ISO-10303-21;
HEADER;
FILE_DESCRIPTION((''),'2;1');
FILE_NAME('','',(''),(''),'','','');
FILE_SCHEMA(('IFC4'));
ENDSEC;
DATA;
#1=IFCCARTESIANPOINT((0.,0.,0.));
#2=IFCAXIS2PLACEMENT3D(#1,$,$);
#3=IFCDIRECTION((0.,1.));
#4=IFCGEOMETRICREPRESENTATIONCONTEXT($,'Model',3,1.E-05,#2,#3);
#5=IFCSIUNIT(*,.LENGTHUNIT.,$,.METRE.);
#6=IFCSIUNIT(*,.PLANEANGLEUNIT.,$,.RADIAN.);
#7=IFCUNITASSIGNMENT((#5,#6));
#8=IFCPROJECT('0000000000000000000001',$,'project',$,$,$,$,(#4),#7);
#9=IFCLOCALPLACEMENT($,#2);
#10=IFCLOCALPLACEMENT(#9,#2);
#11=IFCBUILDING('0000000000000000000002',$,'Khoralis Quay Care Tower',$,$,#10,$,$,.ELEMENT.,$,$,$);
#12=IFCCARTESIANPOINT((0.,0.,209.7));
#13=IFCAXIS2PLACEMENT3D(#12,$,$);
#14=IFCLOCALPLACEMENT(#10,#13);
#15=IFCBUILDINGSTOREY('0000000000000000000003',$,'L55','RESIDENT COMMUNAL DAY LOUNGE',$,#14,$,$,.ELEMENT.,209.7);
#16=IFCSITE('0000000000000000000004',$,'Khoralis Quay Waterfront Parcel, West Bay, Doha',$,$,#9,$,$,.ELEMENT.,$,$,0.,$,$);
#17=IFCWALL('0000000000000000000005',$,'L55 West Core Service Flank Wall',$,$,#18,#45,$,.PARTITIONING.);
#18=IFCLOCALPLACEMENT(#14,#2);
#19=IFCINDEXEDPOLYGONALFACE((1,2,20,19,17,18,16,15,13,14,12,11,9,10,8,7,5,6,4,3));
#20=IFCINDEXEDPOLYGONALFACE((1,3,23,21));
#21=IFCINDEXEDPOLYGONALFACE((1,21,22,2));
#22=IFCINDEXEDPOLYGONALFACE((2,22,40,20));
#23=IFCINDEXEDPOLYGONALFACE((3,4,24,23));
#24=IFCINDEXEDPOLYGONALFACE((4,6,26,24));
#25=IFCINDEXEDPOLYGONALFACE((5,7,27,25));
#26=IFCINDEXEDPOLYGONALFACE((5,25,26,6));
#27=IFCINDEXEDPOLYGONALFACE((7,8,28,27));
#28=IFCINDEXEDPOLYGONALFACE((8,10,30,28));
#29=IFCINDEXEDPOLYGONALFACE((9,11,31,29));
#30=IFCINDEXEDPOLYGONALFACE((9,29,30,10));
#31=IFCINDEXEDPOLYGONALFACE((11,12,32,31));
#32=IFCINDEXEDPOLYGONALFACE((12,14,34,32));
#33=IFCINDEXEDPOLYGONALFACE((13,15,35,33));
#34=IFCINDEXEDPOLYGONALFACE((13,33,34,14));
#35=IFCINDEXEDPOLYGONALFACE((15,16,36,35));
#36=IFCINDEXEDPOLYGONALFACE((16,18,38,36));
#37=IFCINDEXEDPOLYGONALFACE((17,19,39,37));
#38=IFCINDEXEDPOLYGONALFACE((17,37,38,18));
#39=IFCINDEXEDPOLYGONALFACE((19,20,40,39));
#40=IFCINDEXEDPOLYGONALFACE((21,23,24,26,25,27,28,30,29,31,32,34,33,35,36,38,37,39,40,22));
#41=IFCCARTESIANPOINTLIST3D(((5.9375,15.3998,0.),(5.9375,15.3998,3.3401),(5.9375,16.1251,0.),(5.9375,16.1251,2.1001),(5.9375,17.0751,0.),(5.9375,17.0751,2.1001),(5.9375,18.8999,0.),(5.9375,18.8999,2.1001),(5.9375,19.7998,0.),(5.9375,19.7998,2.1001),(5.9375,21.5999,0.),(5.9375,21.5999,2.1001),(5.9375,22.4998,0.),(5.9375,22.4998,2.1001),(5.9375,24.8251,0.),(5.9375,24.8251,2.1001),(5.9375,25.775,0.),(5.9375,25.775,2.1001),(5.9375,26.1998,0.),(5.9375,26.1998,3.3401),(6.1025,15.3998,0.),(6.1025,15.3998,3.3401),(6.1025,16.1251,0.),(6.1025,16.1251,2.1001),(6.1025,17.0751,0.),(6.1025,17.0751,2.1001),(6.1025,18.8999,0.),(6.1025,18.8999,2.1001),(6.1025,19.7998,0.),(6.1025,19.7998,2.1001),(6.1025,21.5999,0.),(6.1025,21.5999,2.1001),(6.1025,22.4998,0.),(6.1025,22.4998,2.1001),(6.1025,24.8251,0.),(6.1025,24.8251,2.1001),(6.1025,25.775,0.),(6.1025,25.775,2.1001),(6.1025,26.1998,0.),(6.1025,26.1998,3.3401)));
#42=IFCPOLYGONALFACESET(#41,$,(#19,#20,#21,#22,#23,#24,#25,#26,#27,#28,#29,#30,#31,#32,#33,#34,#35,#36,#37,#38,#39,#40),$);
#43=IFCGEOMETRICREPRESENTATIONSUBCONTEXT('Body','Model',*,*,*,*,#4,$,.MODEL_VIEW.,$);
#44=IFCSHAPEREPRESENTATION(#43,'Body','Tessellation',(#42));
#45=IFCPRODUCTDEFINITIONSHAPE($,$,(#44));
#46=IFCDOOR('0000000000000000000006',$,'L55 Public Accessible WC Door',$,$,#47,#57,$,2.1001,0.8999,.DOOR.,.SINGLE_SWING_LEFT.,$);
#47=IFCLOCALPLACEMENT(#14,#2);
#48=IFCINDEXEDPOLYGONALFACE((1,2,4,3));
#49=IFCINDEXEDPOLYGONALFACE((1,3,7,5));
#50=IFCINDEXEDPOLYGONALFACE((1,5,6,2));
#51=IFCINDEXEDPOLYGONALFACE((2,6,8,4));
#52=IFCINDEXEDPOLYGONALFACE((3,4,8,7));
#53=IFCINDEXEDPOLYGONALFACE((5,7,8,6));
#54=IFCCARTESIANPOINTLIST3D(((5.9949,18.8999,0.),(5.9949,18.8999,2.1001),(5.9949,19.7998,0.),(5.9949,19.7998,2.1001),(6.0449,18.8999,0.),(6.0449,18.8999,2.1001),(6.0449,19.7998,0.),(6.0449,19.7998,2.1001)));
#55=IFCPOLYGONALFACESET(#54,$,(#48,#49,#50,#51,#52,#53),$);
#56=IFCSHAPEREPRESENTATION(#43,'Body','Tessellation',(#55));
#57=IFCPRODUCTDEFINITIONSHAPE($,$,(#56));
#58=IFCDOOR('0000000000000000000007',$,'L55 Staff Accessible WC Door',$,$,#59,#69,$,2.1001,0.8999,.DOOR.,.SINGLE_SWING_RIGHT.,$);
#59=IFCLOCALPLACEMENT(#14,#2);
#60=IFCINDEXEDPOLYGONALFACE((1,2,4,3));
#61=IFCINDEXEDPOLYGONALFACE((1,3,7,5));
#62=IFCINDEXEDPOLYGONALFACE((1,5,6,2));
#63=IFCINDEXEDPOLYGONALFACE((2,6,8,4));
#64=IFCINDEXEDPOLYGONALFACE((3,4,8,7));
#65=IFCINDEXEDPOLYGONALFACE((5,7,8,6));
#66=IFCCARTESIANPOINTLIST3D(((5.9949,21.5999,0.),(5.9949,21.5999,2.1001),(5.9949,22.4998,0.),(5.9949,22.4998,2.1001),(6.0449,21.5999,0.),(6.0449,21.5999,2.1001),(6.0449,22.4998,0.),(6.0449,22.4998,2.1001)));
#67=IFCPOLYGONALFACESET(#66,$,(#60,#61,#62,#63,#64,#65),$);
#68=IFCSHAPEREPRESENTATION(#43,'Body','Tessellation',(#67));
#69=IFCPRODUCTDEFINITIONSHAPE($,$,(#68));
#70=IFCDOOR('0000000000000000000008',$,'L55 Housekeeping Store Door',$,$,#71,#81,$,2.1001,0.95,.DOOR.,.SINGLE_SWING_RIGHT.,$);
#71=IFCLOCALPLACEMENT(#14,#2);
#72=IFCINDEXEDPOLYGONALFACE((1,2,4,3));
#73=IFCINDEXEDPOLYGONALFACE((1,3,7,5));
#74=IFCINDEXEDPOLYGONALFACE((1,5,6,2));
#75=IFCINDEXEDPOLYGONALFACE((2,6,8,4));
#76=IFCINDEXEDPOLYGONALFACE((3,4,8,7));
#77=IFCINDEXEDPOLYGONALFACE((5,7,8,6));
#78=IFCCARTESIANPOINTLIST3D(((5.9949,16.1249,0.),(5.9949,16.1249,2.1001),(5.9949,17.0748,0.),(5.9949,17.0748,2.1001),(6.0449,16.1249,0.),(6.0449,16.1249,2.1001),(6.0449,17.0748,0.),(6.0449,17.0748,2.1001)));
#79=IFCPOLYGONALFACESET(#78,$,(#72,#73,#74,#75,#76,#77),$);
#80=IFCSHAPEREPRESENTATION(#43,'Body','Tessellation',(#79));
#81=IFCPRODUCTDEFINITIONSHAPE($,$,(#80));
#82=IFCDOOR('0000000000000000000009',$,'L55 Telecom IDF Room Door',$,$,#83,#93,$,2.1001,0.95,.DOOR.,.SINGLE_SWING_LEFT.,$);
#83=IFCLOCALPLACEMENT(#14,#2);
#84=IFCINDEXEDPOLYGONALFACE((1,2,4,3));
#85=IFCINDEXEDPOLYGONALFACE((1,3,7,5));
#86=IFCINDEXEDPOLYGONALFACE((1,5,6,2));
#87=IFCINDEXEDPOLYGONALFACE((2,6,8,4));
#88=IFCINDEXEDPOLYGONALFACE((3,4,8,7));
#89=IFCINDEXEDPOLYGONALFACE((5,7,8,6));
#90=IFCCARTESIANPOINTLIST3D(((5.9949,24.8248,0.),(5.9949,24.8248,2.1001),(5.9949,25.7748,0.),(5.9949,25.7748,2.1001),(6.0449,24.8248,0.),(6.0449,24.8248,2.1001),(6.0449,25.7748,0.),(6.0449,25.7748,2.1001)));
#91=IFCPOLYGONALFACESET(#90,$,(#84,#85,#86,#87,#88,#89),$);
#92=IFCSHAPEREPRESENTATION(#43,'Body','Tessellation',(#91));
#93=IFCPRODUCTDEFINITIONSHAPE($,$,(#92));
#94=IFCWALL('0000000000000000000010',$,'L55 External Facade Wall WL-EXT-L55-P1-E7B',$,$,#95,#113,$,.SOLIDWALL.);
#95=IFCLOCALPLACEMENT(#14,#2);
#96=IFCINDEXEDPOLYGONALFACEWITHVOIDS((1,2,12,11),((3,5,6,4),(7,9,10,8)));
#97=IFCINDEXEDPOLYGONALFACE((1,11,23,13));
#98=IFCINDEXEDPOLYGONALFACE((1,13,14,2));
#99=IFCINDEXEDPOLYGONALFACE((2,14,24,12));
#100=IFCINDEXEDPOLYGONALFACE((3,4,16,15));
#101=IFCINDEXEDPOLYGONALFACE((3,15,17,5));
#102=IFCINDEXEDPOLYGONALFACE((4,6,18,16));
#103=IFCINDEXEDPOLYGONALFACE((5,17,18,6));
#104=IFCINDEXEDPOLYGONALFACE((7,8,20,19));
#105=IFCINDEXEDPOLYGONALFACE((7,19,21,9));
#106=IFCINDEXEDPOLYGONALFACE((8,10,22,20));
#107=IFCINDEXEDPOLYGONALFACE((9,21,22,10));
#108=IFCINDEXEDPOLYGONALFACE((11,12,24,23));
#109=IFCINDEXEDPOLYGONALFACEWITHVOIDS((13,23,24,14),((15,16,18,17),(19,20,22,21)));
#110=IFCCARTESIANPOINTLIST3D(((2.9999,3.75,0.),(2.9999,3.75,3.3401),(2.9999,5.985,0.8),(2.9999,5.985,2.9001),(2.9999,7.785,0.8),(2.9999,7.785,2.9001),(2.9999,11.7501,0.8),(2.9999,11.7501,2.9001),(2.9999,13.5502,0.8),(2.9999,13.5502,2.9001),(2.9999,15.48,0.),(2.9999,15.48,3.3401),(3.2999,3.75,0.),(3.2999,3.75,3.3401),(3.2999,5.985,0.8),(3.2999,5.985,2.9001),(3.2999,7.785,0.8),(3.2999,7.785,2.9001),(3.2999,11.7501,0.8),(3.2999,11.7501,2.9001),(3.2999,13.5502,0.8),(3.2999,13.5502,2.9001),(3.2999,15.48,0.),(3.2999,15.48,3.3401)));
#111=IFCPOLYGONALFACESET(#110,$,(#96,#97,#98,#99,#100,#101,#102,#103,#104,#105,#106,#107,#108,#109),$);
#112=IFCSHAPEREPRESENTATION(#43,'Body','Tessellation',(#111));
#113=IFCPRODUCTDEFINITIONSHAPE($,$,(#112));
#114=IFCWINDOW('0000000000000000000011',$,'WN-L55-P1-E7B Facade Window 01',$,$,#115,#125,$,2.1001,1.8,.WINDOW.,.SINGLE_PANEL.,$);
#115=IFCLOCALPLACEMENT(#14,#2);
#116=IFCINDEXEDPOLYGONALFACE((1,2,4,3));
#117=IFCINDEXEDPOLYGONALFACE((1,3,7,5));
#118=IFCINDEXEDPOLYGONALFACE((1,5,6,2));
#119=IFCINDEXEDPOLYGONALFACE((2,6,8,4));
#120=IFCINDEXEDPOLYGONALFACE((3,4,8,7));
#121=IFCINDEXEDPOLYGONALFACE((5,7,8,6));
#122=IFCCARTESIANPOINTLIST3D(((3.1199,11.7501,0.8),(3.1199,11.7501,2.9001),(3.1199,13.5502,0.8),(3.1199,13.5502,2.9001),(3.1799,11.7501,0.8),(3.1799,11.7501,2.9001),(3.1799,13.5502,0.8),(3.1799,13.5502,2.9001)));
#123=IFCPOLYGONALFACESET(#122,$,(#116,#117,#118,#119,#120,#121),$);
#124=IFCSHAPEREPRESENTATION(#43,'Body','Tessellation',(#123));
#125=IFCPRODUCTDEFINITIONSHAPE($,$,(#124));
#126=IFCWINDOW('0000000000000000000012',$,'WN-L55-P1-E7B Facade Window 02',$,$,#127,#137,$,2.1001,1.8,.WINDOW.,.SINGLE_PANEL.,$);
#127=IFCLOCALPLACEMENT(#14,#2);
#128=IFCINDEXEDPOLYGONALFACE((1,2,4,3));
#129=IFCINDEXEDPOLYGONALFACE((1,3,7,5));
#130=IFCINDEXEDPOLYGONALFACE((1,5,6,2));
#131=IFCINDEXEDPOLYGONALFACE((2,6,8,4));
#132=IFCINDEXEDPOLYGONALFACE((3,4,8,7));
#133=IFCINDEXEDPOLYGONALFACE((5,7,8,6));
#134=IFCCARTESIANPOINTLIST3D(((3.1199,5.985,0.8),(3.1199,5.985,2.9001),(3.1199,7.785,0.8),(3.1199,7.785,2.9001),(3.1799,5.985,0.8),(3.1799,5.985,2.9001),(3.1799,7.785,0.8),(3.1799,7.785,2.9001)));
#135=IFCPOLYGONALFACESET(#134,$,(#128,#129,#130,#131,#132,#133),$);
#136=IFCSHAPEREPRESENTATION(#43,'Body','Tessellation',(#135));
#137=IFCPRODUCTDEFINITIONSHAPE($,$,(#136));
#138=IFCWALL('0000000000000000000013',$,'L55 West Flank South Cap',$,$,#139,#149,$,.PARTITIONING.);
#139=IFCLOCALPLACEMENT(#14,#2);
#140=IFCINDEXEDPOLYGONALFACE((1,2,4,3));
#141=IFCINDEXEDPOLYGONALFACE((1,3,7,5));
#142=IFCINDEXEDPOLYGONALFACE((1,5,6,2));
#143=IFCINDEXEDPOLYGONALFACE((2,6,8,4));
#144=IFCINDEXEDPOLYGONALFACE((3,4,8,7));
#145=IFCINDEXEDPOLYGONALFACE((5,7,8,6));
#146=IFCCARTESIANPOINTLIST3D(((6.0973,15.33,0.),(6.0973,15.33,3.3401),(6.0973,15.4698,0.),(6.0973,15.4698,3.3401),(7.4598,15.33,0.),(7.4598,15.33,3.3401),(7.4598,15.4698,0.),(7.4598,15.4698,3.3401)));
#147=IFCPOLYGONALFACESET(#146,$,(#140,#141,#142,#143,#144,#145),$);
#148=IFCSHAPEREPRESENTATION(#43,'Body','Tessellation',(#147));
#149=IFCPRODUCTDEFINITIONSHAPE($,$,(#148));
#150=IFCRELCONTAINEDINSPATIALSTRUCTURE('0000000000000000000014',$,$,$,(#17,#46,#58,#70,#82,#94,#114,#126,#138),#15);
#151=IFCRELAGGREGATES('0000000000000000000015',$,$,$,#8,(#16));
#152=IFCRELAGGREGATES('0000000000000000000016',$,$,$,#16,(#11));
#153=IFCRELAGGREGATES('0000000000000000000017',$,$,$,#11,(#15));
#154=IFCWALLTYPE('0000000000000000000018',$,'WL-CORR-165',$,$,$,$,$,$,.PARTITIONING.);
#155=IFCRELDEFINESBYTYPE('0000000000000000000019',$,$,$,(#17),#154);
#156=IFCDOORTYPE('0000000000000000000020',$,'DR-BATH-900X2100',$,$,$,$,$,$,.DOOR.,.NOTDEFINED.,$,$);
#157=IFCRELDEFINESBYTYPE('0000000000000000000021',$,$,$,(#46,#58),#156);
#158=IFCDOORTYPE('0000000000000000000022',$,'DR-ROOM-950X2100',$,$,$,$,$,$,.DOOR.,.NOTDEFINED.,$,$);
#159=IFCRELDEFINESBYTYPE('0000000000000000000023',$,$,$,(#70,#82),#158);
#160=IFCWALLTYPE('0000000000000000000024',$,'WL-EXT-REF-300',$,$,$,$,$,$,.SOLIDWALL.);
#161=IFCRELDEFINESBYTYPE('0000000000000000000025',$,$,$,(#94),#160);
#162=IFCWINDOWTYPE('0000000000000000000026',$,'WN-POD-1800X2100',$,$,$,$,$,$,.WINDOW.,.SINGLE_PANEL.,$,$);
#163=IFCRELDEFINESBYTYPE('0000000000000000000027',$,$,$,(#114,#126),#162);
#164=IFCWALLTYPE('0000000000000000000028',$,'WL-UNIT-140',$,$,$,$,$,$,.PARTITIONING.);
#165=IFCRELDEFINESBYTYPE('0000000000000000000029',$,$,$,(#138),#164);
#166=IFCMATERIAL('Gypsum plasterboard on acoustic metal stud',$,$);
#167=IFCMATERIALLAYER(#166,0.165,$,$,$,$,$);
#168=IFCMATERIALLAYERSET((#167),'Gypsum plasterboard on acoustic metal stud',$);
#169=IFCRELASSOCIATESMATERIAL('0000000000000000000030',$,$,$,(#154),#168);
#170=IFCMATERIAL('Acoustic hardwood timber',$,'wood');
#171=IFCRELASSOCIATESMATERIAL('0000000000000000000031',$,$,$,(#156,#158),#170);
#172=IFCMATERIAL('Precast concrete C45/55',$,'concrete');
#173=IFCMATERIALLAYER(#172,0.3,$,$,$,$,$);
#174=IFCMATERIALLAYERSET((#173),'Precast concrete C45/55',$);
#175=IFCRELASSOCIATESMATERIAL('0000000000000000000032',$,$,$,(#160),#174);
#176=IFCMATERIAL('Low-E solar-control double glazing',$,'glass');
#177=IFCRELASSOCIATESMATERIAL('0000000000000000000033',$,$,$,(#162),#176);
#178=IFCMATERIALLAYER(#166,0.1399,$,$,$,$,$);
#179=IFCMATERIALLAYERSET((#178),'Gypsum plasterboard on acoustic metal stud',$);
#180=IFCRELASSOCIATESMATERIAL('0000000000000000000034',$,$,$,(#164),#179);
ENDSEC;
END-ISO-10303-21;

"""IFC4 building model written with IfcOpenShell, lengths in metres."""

from ifc_helpers import new_model, si_unit, direction, frame, frame_2d, origin, place, context, subcontext, project, spatial, rectangle, extrude, source, transform, mapped, material, layer, layer_set, type_object, element, fill, save


model = new_model("IFC4")

# Units and contexts
model_context = context("Model", 3, precision=1e-05, world=origin(), true_north=direction((0.0, 1.0)))
body_context = subcontext(model_context, "Body", "Model", "MODEL_VIEW")
ifc_project = project(units=[si_unit("LENGTHUNIT", "METRE"), si_unit("PLANEANGLEUNIT", "RADIAN")], contexts=[model_context])

# Site, building, storey
site_placement = place(None, origin())
site = spatial("IfcSite", under=ifc_project, at=site_placement, Name="Khoralis Quay Waterfront Parcel, West Bay, Doha", CompositionType="ELEMENT", RefElevation=0.0)
building_placement = place(site_placement, origin())
building = spatial("IfcBuilding", under=site, at=building_placement, Name="Khoralis Quay Care Tower", CompositionType="ELEMENT")
storey_placement = place(building_placement, frame((0.0, 0.0, 209.7)))
storey = spatial("IfcBuildingStorey", under=building, at=storey_placement, Name="L55", Description="RESIDENT COMMUNAL DAY LOUNGE", CompositionType="ELEMENT", Elevation=209.7)

# Shared definitions
ifc_material_1 = material(Name="Low-E solar-control double glazing", Category="glass")

# Wall, openings, doors
ifc_material_2 = material(Name="Gypsum plasterboard on acoustic metal stud")
ifc_layer_1 = layer(ifc_material_2, 0.165)
ifc_layer_set_1 = layer_set([ifc_layer_1], Name="Gypsum plasterboard on acoustic metal stud")
wall_type_1 = type_object("IfcWallType", Name="WL-CORR-165", PredefinedType="PARTITIONING", material=ifc_layer_set_1)
wall_1_placement = place(storey_placement, frame((6.02, 15.3999, 0.0), z_axis=(0.0, 0.0, 1.0), x_axis=(0.0, 1.0, 0.0)))
wall_1 = element("IfcWall", 1, at=wall_1_placement, inside=storey, type_object=wall_type_1, Name="L55 West Core Service Flank Wall", PredefinedType="PARTITIONING", context=body_context, shape_type="SweptSolid", body=[
    extrude(rectangle(XDim=10.8, YDim=0.165, at=frame_2d((5.3999, 0.0))), origin(), (0.0, 0.0, 1.0), 3.3401),
])
opening_1_placement = place(wall_1_placement, frame((0.7251, 0.0, 0.0)))
opening_1 = element("IfcOpeningElement", 2, at=opening_1_placement, cuts=wall_1, PredefinedType="OPENING", context=body_context, shape_type="SweptSolid", body=[
    extrude(rectangle(XDim=0.95, YDim=2.1001, at=frame_2d((0.4751, 1.05))), frame((0.0, 0.0925, 0.0), z_axis=(0.0, -1.0, 0.0), x_axis=(1.0, 0.0, 0.0)), (0.0, 0.0, 1.0), 0.1851),
])
opening_2_placement = place(wall_1_placement, frame((3.5, 0.0, 0.0)))
opening_2 = element("IfcOpeningElement", 3, at=opening_2_placement, cuts=wall_1, PredefinedType="OPENING", context=body_context, shape_type="SweptSolid", body=[
    extrude(rectangle(XDim=0.8999, YDim=2.1001, at=frame_2d((0.45, 1.05))), frame((0.0, 0.0925, 0.0), z_axis=(0.0, -1.0, 0.0), x_axis=(1.0, 0.0, 0.0)), (0.0, 0.0, 1.0), 0.1851),
])
opening_3_placement = place(wall_1_placement, frame((6.2, 0.0, 0.0)))
opening_3 = element("IfcOpeningElement", 4, at=opening_3_placement, cuts=wall_1, PredefinedType="OPENING", context=body_context, shape_type="SweptSolid", body=[
    extrude(rectangle(XDim=0.8999, YDim=2.1001, at=frame_2d((0.45, 1.05))), frame((0.0, 0.0925, 0.0), z_axis=(0.0, -1.0, 0.0), x_axis=(1.0, 0.0, 0.0)), (0.0, 0.0, 1.0), 0.1851),
])
opening_4_placement = place(wall_1_placement, frame((9.425, 0.0, 0.0)))
opening_4 = element("IfcOpeningElement", 5, at=opening_4_placement, cuts=wall_1, PredefinedType="OPENING", context=body_context, shape_type="SweptSolid", body=[
    extrude(rectangle(XDim=0.95, YDim=2.1001, at=frame_2d((0.4751, 1.05))), frame((0.0, 0.0925, 0.0), z_axis=(0.0, -1.0, 0.0), x_axis=(1.0, 0.0, 0.0)), (0.0, 0.0, 1.0), 0.1851),
])
ifc_material_3 = material(Name="Acoustic hardwood timber", Category="wood")
door_type_1 = type_object("IfcDoorType", Name="DR-BATH-900X2100", OperationType="NOTDEFINED", PredefinedType="DOOR", material=ifc_material_3)
shared_shape_1 = source(origin(), body_context, "Body", "SweptSolid", [
    extrude(rectangle(XDim=0.8999, YDim=2.1001, at=frame_2d((0.45, 1.05))), frame((0.0, 0.0249, 0.0), z_axis=(0.0, -1.0, 0.0), x_axis=(1.0, 0.0, 0.0)), (0.0, 0.0, 1.0), 0.05),
])
door_1_placement = place(opening_2_placement, frame((0.8999, 0.0, 0.0), z_axis=(0.0, 0.0, 1.0), x_axis=(-1.0, 0.0, 0.0)))
door_1 = element("IfcDoor", 6, at=door_1_placement, inside=storey, type_object=door_type_1, Name="L55 Public Accessible WC Door", OperationType="SINGLE_SWING_LEFT", OverallHeight=2.1001, OverallWidth=0.8999, PredefinedType="DOOR", context=body_context, shape_type="MappedRepresentation", body=[
    mapped(shared_shape_1, transform((0.0, 0.0, 0.0), scale=1.0)),
])
fill(opening_2, door_1)
door_2_placement = place(opening_3_placement, frame((0.8999, 0.0, 0.0), z_axis=(0.0, 0.0, 1.0), x_axis=(-1.0, 0.0, 0.0)))
door_2 = element("IfcDoor", 7, at=door_2_placement, inside=storey, type_object=door_type_1, Name="L55 Staff Accessible WC Door", OperationType="SINGLE_SWING_RIGHT", OverallHeight=2.1001, OverallWidth=0.8999, PredefinedType="DOOR", context=body_context, shape_type="MappedRepresentation", body=[
    mapped(shared_shape_1, transform((0.0, 0.0, 0.0), scale=1.0)),
])
fill(opening_3, door_2)
door_type_2 = type_object("IfcDoorType", Name="DR-ROOM-950X2100", OperationType="NOTDEFINED", PredefinedType="DOOR", material=ifc_material_3)
shared_shape_2 = source(origin(), body_context, "Body", "SweptSolid", [
    extrude(rectangle(XDim=0.95, YDim=2.1001, at=frame_2d((0.4751, 1.05))), frame((0.0, 0.0249, 0.0), z_axis=(0.0, -1.0, 0.0), x_axis=(1.0, 0.0, 0.0)), (0.0, 0.0, 1.0), 0.05),
])
door_3_placement = place(opening_1_placement, frame((0.95, 0.0, 0.0), z_axis=(0.0, 0.0, 1.0), x_axis=(-1.0, 0.0, 0.0)))
door_3 = element("IfcDoor", 8, at=door_3_placement, inside=storey, type_object=door_type_2, Name="L55 Housekeeping Store Door", OperationType="SINGLE_SWING_RIGHT", OverallHeight=2.1001, OverallWidth=0.95, PredefinedType="DOOR", context=body_context, shape_type="MappedRepresentation", body=[
    mapped(shared_shape_2, transform((0.0, 0.0, 0.0), scale=1.0)),
])
fill(opening_1, door_3)
door_4_placement = place(opening_4_placement, frame((0.95, 0.0, 0.0), z_axis=(0.0, 0.0, 1.0), x_axis=(-1.0, 0.0, 0.0)))
door_4 = element("IfcDoor", 9, at=door_4_placement, inside=storey, type_object=door_type_2, Name="L55 Telecom IDF Room Door", OperationType="SINGLE_SWING_LEFT", OverallHeight=2.1001, OverallWidth=0.95, PredefinedType="DOOR", context=body_context, shape_type="MappedRepresentation", body=[
    mapped(shared_shape_2, transform((0.0, 0.0, 0.0), scale=1.0)),
])
fill(opening_4, door_4)

# Wall, openings, windows
ifc_material_4 = material(Name="Precast concrete C45/55", Category="concrete")
ifc_layer_2 = layer(ifc_material_4, 0.3)
ifc_layer_set_2 = layer_set([ifc_layer_2], Name="Precast concrete C45/55")
wall_type_2 = type_object("IfcWallType", Name="WL-EXT-REF-300", PredefinedType="SOLIDWALL", material=ifc_layer_set_2)
wall_2_placement = place(storey_placement, frame((3.1499, 15.48, 0.0), z_axis=(0.0, 0.0, 1.0), x_axis=(0.0, -1.0, 0.0)))
wall_2 = element("IfcWall", 10, at=wall_2_placement, inside=storey, type_object=wall_type_2, Name="L55 External Facade Wall WL-EXT-L55-P1-E7B", PredefinedType="SOLIDWALL", context=body_context, shape_type="SweptSolid", body=[
    extrude(rectangle(XDim=11.73, YDim=0.3, at=frame_2d((5.865, 0.0))), origin(), (0.0, 0.0, 1.0), 3.3401),
])
opening_5_placement = place(wall_2_placement, frame((1.9299, 0.0, 0.8)))
opening_5 = element("IfcOpeningElement", 11, at=opening_5_placement, cuts=wall_2, PredefinedType="OPENING", context=body_context, shape_type="SweptSolid", body=[
    extrude(rectangle(XDim=1.8, YDim=2.1001, at=frame_2d((0.8999, 1.05))), frame((0.0, 0.1602, 0.0), z_axis=(0.0, -1.0, 0.0), x_axis=(1.0, 0.0, 0.0)), (0.0, 0.0, 1.0), 0.3201),
])
opening_6_placement = place(wall_2_placement, frame((7.6951, 0.0, 0.8)))
opening_6 = element("IfcOpeningElement", 12, at=opening_6_placement, cuts=wall_2, PredefinedType="OPENING", context=body_context, shape_type="SweptSolid", body=[
    extrude(rectangle(XDim=1.8, YDim=2.1001, at=frame_2d((0.8999, 1.05))), frame((0.0, 0.1602, 0.0), z_axis=(0.0, -1.0, 0.0), x_axis=(1.0, 0.0, 0.0)), (0.0, 0.0, 1.0), 0.3201),
])
window_type = type_object("IfcWindowType", Name="WN-POD-1800X2100", PartitioningType="SINGLE_PANEL", PredefinedType="WINDOW", material=ifc_material_1)
shared_shape_3 = source(origin(), body_context, "Body", "SweptSolid", [
    extrude(rectangle(XDim=1.8, YDim=2.1001, at=frame_2d((0.8999, 1.05))), frame((0.0, 0.03, 0.0), z_axis=(0.0, -1.0, 0.0), x_axis=(1.0, 0.0, 0.0)), (0.0, 0.0, 1.0), 0.0601),
])
window_1_placement = place(opening_5_placement, origin())
window_1 = element("IfcWindow", 13, at=window_1_placement, inside=storey, type_object=window_type, Name="WN-L55-P1-E7B Facade Window 01", OverallHeight=2.1001, OverallWidth=1.8, PartitioningType="SINGLE_PANEL", PredefinedType="WINDOW", context=body_context, shape_type="MappedRepresentation", body=[
    mapped(shared_shape_3, transform((0.0, 0.0, 0.0), scale=1.0)),
])
fill(opening_5, window_1)
window_2_placement = place(opening_6_placement, origin())
window_2 = element("IfcWindow", 14, at=window_2_placement, inside=storey, type_object=window_type, Name="WN-L55-P1-E7B Facade Window 02", OverallHeight=2.1001, OverallWidth=1.8, PartitioningType="SINGLE_PANEL", PredefinedType="WINDOW", context=body_context, shape_type="MappedRepresentation", body=[
    mapped(shared_shape_3, transform((0.0, 0.0, 0.0), scale=1.0)),
])
fill(opening_6, window_2)

# Wall
ifc_layer_3 = layer(ifc_material_2, 0.1399)
ifc_layer_set_3 = layer_set([ifc_layer_3], Name="Gypsum plasterboard on acoustic metal stud")
wall_type_3 = type_object("IfcWallType", Name="WL-UNIT-140", PredefinedType="PARTITIONING", material=ifc_layer_set_3)
wall_3_placement = place(storey_placement, frame((6.0974, 15.3999, 0.0), z_axis=(0.0, 0.0, 1.0), x_axis=(1.0, 0.0, 0.0)))
element("IfcWall", 15, at=wall_3_placement, inside=storey, type_object=wall_type_3, Name="L55 West Flank South Cap", PredefinedType="PARTITIONING", context=body_context, shape_type="SweptSolid", body=[
    extrude(rectangle(XDim=1.3625, YDim=0.1399, at=frame_2d((0.6812, 0.0))), origin(), (0.0, 0.0, 1.0), 3.3401),
])

save(model, "model.ifc")
